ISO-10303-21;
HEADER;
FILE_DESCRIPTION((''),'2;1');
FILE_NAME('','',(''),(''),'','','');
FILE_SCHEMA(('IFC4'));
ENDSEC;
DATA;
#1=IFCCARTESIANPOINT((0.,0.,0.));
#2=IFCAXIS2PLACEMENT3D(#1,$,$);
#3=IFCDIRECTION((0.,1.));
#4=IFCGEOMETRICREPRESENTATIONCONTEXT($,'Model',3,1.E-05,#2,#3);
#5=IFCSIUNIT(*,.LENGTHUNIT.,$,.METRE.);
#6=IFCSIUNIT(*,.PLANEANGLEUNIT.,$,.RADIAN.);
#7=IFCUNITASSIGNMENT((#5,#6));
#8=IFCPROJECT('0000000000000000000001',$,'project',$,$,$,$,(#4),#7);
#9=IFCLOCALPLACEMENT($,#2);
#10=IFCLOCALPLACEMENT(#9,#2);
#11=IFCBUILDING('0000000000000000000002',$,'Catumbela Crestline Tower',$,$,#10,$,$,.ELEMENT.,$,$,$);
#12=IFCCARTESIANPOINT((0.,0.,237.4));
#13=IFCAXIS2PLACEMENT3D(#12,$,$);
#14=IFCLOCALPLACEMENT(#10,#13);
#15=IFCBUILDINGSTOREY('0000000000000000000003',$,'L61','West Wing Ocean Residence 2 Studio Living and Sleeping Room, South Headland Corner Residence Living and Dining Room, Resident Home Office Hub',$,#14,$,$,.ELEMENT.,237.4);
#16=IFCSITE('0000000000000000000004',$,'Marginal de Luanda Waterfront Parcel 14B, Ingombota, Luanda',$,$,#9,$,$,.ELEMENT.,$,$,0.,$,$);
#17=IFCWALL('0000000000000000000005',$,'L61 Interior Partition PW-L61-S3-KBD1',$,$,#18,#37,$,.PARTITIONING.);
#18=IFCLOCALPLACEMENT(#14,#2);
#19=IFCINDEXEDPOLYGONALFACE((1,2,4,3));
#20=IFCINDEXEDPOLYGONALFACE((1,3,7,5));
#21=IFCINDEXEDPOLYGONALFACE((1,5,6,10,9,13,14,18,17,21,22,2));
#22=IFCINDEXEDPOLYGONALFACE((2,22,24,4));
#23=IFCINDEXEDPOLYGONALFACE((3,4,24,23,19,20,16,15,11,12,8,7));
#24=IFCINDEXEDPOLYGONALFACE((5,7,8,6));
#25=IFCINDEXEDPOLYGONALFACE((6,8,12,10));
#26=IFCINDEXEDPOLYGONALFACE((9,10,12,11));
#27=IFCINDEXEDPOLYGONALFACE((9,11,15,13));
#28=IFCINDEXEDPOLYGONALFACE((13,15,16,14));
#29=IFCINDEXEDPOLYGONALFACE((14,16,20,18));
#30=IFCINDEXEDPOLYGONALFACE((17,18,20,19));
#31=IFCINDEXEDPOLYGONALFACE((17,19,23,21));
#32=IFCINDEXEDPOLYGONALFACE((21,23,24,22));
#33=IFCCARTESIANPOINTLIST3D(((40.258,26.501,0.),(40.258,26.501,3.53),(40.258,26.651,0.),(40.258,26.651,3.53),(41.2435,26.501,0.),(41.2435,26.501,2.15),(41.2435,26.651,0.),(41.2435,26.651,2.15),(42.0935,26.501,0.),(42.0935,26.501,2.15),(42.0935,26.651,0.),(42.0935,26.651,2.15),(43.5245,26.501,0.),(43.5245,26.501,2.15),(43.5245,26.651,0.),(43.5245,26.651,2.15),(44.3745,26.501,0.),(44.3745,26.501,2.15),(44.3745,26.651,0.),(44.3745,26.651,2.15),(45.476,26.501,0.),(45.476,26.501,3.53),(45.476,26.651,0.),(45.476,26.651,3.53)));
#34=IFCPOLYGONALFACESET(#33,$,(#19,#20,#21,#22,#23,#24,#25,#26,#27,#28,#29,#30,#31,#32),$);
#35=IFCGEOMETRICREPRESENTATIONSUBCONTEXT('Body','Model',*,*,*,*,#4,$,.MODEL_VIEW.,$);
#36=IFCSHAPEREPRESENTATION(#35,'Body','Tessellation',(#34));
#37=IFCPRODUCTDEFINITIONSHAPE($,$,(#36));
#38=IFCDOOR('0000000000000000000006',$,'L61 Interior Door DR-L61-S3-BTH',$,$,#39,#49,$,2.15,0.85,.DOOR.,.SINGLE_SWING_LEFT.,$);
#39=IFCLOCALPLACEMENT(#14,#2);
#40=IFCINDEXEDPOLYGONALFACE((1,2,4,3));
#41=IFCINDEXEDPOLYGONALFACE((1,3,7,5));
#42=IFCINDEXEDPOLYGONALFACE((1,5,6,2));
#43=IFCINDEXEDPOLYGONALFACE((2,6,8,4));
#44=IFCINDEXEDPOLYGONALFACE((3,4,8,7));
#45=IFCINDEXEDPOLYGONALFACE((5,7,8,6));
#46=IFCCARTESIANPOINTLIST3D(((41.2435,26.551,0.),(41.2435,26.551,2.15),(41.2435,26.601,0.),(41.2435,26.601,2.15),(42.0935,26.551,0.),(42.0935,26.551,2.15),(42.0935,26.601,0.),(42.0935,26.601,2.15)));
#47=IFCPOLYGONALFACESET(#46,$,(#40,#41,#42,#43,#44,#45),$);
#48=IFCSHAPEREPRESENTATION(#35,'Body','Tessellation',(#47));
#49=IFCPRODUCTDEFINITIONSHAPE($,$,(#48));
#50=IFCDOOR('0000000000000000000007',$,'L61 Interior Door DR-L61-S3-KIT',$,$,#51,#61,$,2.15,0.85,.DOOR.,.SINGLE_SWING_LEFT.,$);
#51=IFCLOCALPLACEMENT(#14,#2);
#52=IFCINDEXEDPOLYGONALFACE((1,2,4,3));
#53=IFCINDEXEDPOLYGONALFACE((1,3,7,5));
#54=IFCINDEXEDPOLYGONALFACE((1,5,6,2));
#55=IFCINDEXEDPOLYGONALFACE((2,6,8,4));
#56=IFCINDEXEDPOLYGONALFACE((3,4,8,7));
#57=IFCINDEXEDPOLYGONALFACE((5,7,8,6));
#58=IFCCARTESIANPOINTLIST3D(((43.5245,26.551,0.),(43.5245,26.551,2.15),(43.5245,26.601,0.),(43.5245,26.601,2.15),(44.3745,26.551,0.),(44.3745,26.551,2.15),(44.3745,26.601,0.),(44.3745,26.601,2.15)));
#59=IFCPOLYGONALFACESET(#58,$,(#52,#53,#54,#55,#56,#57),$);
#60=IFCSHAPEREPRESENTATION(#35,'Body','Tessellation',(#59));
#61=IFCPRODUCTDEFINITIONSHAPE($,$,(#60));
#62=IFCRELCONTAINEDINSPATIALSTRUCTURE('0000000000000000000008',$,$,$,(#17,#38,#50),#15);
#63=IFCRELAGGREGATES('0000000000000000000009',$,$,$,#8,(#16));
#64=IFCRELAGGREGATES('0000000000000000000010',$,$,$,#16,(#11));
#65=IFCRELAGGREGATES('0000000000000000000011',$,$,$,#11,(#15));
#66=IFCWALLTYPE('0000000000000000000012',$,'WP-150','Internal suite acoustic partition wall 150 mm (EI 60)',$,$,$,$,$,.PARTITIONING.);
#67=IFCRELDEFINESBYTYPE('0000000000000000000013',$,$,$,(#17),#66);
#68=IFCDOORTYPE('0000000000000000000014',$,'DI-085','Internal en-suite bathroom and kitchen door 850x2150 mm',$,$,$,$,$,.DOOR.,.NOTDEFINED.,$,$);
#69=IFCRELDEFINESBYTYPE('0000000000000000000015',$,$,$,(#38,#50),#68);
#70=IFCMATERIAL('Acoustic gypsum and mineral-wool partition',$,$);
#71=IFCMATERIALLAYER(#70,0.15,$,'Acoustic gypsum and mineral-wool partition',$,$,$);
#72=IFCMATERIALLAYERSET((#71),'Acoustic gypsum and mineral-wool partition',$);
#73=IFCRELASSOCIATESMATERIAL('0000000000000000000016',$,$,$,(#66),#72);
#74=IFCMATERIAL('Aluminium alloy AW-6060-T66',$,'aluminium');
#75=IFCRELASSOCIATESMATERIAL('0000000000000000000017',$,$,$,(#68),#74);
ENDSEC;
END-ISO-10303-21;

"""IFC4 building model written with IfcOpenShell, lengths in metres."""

from ifc_helpers import new_model, si_unit, direction, frame, frame_2d, origin, place, context, subcontext, project, spatial, rectangle, extrude, material, layer, layer_set, type_object, element, fill, save


model = new_model("IFC4")

# Units and contexts
model_context = context("Model", 3, precision=1e-05, world=origin(), true_north=direction((0.0, 1.0)))
body_context = subcontext(model_context, "Body", "Model", "MODEL_VIEW")
ifc_project = project(units=[si_unit("LENGTHUNIT", "METRE"), si_unit("PLANEANGLEUNIT", "RADIAN")], contexts=[model_context])

# Site, building, storey
site_placement = place(None, origin())
site = spatial("IfcSite", under=ifc_project, at=site_placement, Name="Marginal de Luanda Waterfront Parcel 14B, Ingombota, Luanda", CompositionType="ELEMENT", RefElevation=0.0)
building_placement = place(site_placement, origin())
building = spatial("IfcBuilding", under=site, at=building_placement, Name="Catumbela Crestline Tower", CompositionType="ELEMENT")
storey_placement = place(building_placement, frame((0.0, 0.0, 237.4)))
storey = spatial("IfcBuildingStorey", under=building, at=storey_placement, Name="L61", Description="West Wing Ocean Residence 2 Studio Living and Sleeping Room, South Headland Corner Residence Living and Dining Room, Resident Home Office Hub", CompositionType="ELEMENT", Elevation=237.4)

# Shared definitions
ifc_material_1 = material(Name="Aluminium alloy AW-6060-T66", Category="aluminium")

# Shared definitions
ifc_material_2 = material(Name="Acoustic gypsum and mineral-wool partition")

# Shared definitions
ifc_layer_1 = layer(ifc_material_2, 0.15, Name="Acoustic gypsum and mineral-wool partition")
ifc_layer_set_1 = layer_set([ifc_layer_1], Name="Acoustic gypsum and mineral-wool partition")
wall_type_1 = type_object("IfcWallType", Name="WP-150", Description="Internal suite acoustic partition wall 150 mm (EI 60)", PredefinedType="PARTITIONING", material=ifc_layer_set_1)

# Shared definitions
door_type_1 = type_object("IfcDoorType", Name="DI-085", Description="Internal en-suite bathroom and kitchen door 850x2150 mm", OperationType="NOTDEFINED", PredefinedType="DOOR", material=ifc_material_1)

# Wall, openings, doors
wall_1_placement = place(storey_placement, frame((40.258, 26.576, 0.0), z_axis=(0.0, 0.0, 1.0), x_axis=(1.0, 0.0, 0.0)))
wall_1 = element("IfcWall", 1, at=wall_1_placement, inside=storey, type_object=wall_type_1, Name="L61 Interior Partition PW-L61-S3-KBD1", PredefinedType="PARTITIONING", context=body_context, shape_type="SweptSolid", body=[
    extrude(rectangle(XDim=5.218, YDim=0.15, at=frame_2d((2.609, 0.0))), origin(), (0.0, 0.0, 1.0), 3.53),
])
opening_1_placement = place(wall_1_placement, frame((0.9855, 0.0, 0.0)))
opening_1 = element("IfcOpeningElement", 2, at=opening_1_placement, cuts=wall_1, PredefinedType="OPENING", context=body_context, shape_type="SweptSolid", body=[
    extrude(rectangle(XDim=0.85, YDim=2.15, at=frame_2d((0.425, 1.075))), frame((0.0, 0.085, 0.0), z_axis=(0.0, -1.0, 0.0), x_axis=(1.0, 0.0, 0.0)), (0.0, 0.0, 1.0), 0.17),
])
opening_2_placement = place(wall_1_placement, frame((3.2665, 0.0, 0.0)))
opening_2 = element("IfcOpeningElement", 3, at=opening_2_placement, cuts=wall_1, PredefinedType="OPENING", context=body_context, shape_type="SweptSolid", body=[
    extrude(rectangle(XDim=0.85, YDim=2.15, at=frame_2d((0.425, 1.075))), frame((0.0, 0.085, 0.0), z_axis=(0.0, -1.0, 0.0), x_axis=(1.0, 0.0, 0.0)), (0.0, 0.0, 1.0), 0.17),
])
door_1_placement = place(opening_1_placement, origin())
door_1 = element("IfcDoor", 4, at=door_1_placement, inside=storey, type_object=door_type_1, Name="L61 Interior Door DR-L61-S3-BTH", OperationType="SINGLE_SWING_LEFT", OverallHeight=2.15, OverallWidth=0.85, PredefinedType="DOOR", context=body_context, shape_type="SweptSolid", body=[
    extrude(rectangle(XDim=0.85, YDim=2.15, at=frame_2d((0.425, 1.075))), frame((0.0, 0.025, 0.0), z_axis=(0.0, -1.0, 0.0), x_axis=(1.0, 0.0, 0.0)), (0.0, 0.0, 1.0), 0.05),
])
fill(opening_1, door_1)
door_2_placement = place(opening_2_placement, origin())
door_2 = element("IfcDoor", 5, at=door_2_placement, inside=storey, type_object=door_type_1, Name="L61 Interior Door DR-L61-S3-KIT", OperationType="SINGLE_SWING_LEFT", OverallHeight=2.15, OverallWidth=0.85, PredefinedType="DOOR", context=body_context, shape_type="SweptSolid", body=[
    extrude(rectangle(XDim=0.85, YDim=2.15, at=frame_2d((0.425, 1.075))), frame((0.0, 0.025, 0.0), z_axis=(0.0, -1.0, 0.0), x_axis=(1.0, 0.0, 0.0)), (0.0, 0.0, 1.0), 0.05),
])
fill(opening_2, door_2)

save(model, "model.ifc")
